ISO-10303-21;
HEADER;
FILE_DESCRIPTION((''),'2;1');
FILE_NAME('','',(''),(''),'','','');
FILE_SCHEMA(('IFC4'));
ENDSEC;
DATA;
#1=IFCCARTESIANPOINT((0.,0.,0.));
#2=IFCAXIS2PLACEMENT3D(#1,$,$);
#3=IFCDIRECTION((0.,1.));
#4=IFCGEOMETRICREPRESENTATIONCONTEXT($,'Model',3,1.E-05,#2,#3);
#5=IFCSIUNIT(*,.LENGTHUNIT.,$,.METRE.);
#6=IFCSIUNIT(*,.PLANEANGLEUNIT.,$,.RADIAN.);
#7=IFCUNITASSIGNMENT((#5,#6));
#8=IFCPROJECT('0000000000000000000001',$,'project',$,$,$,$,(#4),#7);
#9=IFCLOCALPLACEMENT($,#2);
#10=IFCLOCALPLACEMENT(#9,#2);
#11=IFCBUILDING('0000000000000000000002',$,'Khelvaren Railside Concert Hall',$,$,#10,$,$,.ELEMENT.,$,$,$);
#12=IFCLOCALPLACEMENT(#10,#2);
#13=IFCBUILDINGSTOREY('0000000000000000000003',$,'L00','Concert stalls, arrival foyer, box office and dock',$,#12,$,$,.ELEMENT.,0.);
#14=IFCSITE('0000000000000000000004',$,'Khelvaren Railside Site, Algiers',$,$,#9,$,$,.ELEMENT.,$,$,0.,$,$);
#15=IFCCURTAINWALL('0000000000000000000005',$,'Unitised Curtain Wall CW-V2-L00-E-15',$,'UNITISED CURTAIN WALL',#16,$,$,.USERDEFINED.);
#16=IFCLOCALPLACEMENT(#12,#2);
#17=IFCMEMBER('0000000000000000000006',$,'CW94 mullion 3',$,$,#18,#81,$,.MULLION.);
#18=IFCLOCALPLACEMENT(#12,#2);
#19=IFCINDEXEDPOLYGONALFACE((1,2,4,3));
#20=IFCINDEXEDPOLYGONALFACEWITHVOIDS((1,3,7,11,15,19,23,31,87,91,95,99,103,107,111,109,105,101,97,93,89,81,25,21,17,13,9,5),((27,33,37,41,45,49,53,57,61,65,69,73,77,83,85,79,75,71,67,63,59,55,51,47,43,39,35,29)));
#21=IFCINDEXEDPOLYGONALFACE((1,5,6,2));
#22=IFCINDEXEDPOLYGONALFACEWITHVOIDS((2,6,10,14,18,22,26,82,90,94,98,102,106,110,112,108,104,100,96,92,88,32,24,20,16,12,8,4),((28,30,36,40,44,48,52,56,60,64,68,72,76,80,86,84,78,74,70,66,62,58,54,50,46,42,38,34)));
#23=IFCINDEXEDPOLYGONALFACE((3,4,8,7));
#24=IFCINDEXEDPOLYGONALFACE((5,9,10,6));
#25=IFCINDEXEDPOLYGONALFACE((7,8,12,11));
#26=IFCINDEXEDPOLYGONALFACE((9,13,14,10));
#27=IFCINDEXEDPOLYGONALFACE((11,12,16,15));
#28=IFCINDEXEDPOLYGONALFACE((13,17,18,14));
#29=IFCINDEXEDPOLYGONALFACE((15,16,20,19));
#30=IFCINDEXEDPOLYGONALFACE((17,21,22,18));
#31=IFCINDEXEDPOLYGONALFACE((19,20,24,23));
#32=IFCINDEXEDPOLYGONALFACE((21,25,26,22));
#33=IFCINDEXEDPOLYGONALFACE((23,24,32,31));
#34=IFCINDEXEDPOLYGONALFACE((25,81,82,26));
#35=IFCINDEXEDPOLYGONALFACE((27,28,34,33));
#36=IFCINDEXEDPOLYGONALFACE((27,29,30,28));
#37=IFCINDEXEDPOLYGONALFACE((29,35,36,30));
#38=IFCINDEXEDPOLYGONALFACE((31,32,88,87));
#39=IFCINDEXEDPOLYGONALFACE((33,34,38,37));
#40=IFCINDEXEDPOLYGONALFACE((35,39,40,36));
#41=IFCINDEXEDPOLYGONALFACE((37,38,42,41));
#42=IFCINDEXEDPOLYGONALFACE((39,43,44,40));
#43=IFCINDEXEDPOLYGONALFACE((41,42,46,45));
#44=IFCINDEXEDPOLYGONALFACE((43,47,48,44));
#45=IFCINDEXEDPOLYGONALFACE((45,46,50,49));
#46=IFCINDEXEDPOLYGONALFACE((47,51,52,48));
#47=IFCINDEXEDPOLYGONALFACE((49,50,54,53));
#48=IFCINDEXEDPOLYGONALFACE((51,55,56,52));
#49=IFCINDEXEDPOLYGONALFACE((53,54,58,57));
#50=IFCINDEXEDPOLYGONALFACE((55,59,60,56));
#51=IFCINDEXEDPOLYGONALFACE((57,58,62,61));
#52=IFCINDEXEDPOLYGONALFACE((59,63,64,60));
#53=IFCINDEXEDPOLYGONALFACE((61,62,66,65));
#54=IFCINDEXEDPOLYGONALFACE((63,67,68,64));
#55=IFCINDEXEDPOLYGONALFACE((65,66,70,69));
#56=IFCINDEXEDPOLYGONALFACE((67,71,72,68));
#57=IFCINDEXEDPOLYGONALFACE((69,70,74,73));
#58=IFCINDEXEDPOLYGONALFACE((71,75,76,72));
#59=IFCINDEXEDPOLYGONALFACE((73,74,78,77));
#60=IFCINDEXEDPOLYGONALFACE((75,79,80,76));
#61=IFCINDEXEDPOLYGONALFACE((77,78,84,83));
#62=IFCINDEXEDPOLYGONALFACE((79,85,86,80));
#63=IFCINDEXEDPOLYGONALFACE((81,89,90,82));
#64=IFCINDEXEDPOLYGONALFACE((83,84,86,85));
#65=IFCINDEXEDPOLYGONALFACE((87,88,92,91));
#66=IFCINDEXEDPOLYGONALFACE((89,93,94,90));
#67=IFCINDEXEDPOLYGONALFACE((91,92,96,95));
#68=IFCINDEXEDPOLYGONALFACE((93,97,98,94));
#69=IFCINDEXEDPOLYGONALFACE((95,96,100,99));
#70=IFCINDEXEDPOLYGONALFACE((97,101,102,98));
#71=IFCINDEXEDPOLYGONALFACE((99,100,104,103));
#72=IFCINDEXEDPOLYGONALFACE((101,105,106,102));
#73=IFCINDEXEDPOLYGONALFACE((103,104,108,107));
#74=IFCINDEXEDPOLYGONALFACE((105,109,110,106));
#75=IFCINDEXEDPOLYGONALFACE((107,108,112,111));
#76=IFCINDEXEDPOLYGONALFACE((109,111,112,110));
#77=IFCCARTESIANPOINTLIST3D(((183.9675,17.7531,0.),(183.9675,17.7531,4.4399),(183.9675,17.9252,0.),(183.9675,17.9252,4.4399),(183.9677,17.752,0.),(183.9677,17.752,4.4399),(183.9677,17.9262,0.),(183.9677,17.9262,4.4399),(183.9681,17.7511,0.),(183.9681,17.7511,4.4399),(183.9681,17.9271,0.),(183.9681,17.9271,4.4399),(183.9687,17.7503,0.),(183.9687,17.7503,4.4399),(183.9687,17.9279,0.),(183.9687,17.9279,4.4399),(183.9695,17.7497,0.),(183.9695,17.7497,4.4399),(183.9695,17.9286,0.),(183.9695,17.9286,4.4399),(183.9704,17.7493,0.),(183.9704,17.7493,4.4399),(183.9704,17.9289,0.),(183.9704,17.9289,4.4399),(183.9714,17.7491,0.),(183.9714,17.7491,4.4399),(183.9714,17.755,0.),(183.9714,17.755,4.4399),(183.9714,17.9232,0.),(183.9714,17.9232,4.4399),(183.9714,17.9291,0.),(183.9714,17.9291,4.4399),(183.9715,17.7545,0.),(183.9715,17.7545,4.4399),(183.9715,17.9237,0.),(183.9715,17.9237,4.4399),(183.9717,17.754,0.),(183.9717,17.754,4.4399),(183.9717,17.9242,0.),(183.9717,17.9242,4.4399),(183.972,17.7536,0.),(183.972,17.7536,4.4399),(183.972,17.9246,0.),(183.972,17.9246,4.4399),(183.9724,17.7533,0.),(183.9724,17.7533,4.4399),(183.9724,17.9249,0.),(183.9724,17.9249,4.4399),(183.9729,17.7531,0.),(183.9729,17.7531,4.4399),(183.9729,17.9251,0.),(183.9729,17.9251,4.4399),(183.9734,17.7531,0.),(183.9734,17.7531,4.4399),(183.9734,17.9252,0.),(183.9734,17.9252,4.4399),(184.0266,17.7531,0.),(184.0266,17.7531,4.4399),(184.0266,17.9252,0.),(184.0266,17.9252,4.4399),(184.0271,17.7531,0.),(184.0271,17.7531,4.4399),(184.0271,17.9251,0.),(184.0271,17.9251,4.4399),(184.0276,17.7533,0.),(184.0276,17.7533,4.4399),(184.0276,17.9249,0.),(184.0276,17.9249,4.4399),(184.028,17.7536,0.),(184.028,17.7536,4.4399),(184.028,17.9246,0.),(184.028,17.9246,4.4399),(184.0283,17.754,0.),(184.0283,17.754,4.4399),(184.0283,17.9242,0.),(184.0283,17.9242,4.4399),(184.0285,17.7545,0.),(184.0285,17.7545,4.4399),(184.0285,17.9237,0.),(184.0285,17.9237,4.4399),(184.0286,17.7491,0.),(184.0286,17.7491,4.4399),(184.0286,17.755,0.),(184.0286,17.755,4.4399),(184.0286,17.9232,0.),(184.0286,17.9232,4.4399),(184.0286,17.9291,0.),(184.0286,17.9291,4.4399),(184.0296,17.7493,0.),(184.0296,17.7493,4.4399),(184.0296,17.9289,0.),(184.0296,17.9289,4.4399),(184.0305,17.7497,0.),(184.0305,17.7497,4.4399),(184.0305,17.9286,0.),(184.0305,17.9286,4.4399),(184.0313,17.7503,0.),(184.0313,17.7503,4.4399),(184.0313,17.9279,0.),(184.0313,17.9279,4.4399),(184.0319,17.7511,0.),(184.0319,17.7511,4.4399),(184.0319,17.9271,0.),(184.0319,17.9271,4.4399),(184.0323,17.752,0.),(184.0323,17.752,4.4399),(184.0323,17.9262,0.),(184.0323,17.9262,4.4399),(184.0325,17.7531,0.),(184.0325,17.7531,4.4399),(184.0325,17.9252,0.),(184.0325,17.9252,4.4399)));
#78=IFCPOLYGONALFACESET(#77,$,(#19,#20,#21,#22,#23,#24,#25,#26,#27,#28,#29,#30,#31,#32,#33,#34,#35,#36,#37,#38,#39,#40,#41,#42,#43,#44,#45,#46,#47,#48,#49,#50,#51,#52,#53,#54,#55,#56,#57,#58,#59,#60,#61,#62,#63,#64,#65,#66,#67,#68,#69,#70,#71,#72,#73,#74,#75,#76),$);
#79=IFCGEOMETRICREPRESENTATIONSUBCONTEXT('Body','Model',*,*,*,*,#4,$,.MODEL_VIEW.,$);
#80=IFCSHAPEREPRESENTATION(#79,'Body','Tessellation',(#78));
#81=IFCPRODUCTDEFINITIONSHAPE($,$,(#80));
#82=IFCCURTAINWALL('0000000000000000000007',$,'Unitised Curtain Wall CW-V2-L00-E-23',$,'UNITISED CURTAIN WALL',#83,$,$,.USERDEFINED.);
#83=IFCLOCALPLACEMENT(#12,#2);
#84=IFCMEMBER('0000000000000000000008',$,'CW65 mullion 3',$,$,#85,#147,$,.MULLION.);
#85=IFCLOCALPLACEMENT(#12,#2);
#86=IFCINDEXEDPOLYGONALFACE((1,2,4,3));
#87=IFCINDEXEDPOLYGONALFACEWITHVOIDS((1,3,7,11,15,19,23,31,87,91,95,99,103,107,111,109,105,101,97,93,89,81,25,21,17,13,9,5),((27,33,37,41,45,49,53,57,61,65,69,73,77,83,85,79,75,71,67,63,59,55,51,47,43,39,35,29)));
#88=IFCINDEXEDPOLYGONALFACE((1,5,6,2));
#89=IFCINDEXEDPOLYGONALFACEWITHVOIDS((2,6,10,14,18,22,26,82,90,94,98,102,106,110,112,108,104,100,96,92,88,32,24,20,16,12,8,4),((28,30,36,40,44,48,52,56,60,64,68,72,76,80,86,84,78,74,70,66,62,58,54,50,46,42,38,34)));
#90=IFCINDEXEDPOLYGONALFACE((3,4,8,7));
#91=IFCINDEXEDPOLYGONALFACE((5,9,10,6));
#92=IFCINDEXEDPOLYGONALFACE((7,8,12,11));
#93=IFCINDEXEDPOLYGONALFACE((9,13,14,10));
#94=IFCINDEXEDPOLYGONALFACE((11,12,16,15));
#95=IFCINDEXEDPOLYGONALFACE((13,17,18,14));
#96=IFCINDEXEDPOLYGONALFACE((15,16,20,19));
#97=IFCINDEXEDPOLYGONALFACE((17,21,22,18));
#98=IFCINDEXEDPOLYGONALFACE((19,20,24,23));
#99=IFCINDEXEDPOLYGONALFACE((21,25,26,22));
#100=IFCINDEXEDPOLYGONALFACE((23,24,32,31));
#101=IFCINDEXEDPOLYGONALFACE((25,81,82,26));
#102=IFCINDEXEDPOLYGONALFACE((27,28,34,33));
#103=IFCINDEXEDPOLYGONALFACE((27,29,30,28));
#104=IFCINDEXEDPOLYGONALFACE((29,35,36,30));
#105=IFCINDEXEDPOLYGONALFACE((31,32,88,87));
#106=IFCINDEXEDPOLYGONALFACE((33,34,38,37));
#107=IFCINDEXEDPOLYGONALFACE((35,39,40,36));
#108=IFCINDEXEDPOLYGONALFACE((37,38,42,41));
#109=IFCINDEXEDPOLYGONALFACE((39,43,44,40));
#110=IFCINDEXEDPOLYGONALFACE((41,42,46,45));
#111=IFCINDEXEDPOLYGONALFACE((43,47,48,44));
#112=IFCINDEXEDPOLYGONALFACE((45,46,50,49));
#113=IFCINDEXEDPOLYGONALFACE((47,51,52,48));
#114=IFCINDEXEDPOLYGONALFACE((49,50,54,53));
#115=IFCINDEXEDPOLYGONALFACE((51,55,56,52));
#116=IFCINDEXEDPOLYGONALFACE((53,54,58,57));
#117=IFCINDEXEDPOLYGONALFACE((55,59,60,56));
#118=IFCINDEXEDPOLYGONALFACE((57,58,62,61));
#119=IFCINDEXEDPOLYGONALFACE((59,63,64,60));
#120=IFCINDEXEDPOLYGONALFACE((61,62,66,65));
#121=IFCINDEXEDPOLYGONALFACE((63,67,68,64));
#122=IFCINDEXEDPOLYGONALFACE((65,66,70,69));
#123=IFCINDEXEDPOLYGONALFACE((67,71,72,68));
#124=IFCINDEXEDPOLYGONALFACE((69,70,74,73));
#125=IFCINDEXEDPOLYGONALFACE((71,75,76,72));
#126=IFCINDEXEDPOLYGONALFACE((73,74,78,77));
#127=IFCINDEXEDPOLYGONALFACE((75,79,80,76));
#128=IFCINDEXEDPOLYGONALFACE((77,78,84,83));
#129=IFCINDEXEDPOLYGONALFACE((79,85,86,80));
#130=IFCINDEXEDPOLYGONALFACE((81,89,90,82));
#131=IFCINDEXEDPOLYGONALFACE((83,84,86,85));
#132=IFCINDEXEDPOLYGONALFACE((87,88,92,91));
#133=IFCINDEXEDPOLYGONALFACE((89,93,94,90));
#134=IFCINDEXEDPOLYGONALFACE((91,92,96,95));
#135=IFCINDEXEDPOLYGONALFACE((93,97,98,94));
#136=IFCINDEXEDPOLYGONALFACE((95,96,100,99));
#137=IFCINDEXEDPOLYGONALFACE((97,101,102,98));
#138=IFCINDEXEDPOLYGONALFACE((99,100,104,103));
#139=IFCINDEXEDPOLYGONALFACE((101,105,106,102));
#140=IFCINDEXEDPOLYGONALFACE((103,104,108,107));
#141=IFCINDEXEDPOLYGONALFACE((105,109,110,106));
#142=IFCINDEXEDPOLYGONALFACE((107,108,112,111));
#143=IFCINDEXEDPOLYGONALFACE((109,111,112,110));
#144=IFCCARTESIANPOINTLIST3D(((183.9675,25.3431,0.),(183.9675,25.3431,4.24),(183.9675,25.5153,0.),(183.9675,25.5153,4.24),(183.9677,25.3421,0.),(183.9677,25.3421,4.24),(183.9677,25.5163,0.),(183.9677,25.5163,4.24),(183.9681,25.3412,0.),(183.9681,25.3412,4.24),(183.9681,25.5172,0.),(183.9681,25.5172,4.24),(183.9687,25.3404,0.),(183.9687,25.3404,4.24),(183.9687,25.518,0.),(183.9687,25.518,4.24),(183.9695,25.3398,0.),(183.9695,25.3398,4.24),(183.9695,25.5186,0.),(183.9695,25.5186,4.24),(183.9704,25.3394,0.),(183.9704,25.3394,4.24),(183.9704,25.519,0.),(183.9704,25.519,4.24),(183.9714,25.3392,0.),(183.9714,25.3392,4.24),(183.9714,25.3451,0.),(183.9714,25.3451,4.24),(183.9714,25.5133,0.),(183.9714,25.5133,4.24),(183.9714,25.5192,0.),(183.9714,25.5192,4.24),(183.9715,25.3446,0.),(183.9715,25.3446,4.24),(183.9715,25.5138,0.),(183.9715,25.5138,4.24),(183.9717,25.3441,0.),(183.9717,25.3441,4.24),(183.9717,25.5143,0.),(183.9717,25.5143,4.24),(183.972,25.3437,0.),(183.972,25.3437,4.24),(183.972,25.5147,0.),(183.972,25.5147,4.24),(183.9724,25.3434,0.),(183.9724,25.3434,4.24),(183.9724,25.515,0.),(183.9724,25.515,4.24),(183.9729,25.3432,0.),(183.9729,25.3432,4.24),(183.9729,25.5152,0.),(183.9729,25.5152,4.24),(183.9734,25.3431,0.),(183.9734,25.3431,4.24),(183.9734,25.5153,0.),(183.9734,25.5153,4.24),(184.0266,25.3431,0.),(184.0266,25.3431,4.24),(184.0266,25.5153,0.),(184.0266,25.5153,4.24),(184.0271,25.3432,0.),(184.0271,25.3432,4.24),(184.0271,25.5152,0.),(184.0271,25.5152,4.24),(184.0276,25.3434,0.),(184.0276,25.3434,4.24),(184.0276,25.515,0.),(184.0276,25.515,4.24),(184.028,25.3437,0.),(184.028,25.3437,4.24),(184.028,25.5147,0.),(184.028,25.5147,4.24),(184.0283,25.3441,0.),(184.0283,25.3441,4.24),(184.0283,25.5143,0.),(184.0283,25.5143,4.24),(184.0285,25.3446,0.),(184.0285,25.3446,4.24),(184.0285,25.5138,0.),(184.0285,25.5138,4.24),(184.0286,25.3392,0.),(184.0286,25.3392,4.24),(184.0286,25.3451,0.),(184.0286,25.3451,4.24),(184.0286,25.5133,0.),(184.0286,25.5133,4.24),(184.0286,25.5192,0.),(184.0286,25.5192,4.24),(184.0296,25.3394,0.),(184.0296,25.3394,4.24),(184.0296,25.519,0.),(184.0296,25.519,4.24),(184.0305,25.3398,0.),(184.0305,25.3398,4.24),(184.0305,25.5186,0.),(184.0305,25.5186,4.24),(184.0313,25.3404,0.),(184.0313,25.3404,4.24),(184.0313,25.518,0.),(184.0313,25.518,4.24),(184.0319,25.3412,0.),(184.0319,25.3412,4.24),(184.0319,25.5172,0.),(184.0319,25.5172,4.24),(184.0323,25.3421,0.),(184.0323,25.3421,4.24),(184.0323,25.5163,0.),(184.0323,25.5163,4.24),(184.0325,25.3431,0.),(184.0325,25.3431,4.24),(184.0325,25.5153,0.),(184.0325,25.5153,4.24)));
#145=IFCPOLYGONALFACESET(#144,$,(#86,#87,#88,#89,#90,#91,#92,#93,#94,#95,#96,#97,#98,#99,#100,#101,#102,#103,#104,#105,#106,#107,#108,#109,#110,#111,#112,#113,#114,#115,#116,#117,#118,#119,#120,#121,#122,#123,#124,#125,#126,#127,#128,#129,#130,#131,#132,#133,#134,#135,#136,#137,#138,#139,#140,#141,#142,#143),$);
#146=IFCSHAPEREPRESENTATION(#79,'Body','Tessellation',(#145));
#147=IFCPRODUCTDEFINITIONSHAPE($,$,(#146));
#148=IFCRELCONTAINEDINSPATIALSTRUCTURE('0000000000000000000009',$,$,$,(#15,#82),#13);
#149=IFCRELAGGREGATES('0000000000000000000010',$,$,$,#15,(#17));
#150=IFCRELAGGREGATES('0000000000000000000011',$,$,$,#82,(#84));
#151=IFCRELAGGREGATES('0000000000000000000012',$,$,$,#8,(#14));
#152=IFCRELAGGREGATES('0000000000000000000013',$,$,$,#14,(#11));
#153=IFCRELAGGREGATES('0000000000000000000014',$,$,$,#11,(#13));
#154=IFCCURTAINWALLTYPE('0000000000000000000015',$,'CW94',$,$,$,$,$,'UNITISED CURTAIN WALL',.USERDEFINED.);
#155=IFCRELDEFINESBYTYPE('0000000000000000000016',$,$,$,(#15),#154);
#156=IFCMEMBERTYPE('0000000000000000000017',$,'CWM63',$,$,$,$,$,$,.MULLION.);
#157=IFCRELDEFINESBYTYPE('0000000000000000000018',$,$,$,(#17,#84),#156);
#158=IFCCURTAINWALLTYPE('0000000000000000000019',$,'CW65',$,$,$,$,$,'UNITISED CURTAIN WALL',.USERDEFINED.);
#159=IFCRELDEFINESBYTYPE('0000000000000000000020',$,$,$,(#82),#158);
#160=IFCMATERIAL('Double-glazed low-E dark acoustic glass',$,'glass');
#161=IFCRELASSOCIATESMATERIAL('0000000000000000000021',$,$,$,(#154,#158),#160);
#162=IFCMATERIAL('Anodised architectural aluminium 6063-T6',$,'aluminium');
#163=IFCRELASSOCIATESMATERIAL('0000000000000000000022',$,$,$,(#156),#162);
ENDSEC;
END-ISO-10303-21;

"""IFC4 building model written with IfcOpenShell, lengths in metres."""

from ifc_helpers import new_model, si_unit, direction, frame, origin, origin_2d, place, context, subcontext, project, spatial, hollow_rectangle, extrude, material, material_profile, profile_set, type_object, element, aggregate, save


model = new_model("IFC4")

# Units and contexts
model_context = context("Model", 3, precision=1e-05, world=origin(), true_north=direction((0.0, 1.0)))
body_context = subcontext(model_context, "Body", "Model", "MODEL_VIEW")
ifc_project = project(units=[si_unit("LENGTHUNIT", "METRE"), si_unit("PLANEANGLEUNIT", "RADIAN")], contexts=[model_context])

# Site, building, storey
site_placement = place(None, origin())
site = spatial("IfcSite", under=ifc_project, at=site_placement, Name="Khelvaren Railside Site, Algiers", CompositionType="ELEMENT", RefElevation=0.0)
building_placement = place(site_placement, origin())
building = spatial("IfcBuilding", under=site, at=building_placement, Name="Khelvaren Railside Concert Hall", CompositionType="ELEMENT")
storey_placement = place(building_placement, origin())
storey = spatial("IfcBuildingStorey", under=building, at=storey_placement, Name="L00", Description="Concert stalls, arrival foyer, box office and dock", CompositionType="ELEMENT", Elevation=0.0)

# Curtain walls, members
ifc_material_1 = material(Name="Double-glazed low-E dark acoustic glass", Category="glass")
curtain_wall_type_1 = type_object("IfcCurtainWallType", Name="CW94", ElementType="UNITISED CURTAIN WALL", PredefinedType="USERDEFINED", material=ifc_material_1)
curtain_wall_1_placement = place(storey_placement, origin())
curtain_wall_1 = element("IfcCurtainWall", 1, at=curtain_wall_1_placement, inside=storey, type_object=curtain_wall_type_1, Name="Unitised Curtain Wall CW-V2-L00-E-15", ObjectType="UNITISED CURTAIN WALL", PredefinedType="USERDEFINED")
ifc_material_2 = material(Name="Anodised architectural aluminium 6063-T6", Category="aluminium")
ifc_material_profile_1 = material_profile(ifc_material_2, hollow_rectangle(XDim=0.0649, YDim=0.1799, WallThickness=0.0039, InnerFilletRadius=0.002, OuterFilletRadius=0.0039, at=origin_2d()), Name="CWM 65x180x4")
ifc_profile_set_1 = profile_set([ifc_material_profile_1], Name="Anodised architectural aluminium 6063-T6")
member_type_1 = type_object("IfcMemberType", Name="CWM63", PredefinedType="MULLION", material=ifc_profile_set_1)
member_1_placement = place(storey_placement, frame((184.0, 17.8391, 0.0), z_axis=(0.0, 0.0, 1.0), x_axis=(1.0, 0.0, 0.0)))
member_1 = element("IfcMember", 2, at=member_1_placement, type_object=member_type_1, Name="CW94 mullion 3", PredefinedType="MULLION", context=body_context, shape_type="SweptSolid", body=[
    extrude(hollow_rectangle(XDim=0.0649, YDim=0.1799, WallThickness=0.0039, InnerFilletRadius=0.002, OuterFilletRadius=0.0039, at=origin_2d()), origin(), (0.0, 0.0, 1.0), 4.4399),
])
curtain_wall_type_2 = type_object("IfcCurtainWallType", Name="CW65", ElementType="UNITISED CURTAIN WALL", PredefinedType="USERDEFINED", material=ifc_material_1)
curtain_wall_2_placement = place(storey_placement, origin())
curtain_wall_2 = element("IfcCurtainWall", 3, at=curtain_wall_2_placement, inside=storey, type_object=curtain_wall_type_2, Name="Unitised Curtain Wall CW-V2-L00-E-23", ObjectType="UNITISED CURTAIN WALL", PredefinedType="USERDEFINED")
member_2_placement = place(storey_placement, frame((184.0, 25.4292, 0.0), z_axis=(0.0, 0.0, 1.0), x_axis=(1.0, 0.0, 0.0)))
member_2 = element("IfcMember", 4, at=member_2_placement, type_object=member_type_1, Name="CW65 mullion 3", PredefinedType="MULLION", context=body_context, shape_type="SweptSolid", body=[
    extrude(hollow_rectangle(XDim=0.0649, YDim=0.1799, WallThickness=0.0039, InnerFilletRadius=0.002, OuterFilletRadius=0.0039, at=origin_2d()), origin(), (0.0, 0.0, 1.0), 4.24),
])

aggregate(curtain_wall_1, [member_1])
aggregate(curtain_wall_2, [member_2])

save(model, "model.ifc")
